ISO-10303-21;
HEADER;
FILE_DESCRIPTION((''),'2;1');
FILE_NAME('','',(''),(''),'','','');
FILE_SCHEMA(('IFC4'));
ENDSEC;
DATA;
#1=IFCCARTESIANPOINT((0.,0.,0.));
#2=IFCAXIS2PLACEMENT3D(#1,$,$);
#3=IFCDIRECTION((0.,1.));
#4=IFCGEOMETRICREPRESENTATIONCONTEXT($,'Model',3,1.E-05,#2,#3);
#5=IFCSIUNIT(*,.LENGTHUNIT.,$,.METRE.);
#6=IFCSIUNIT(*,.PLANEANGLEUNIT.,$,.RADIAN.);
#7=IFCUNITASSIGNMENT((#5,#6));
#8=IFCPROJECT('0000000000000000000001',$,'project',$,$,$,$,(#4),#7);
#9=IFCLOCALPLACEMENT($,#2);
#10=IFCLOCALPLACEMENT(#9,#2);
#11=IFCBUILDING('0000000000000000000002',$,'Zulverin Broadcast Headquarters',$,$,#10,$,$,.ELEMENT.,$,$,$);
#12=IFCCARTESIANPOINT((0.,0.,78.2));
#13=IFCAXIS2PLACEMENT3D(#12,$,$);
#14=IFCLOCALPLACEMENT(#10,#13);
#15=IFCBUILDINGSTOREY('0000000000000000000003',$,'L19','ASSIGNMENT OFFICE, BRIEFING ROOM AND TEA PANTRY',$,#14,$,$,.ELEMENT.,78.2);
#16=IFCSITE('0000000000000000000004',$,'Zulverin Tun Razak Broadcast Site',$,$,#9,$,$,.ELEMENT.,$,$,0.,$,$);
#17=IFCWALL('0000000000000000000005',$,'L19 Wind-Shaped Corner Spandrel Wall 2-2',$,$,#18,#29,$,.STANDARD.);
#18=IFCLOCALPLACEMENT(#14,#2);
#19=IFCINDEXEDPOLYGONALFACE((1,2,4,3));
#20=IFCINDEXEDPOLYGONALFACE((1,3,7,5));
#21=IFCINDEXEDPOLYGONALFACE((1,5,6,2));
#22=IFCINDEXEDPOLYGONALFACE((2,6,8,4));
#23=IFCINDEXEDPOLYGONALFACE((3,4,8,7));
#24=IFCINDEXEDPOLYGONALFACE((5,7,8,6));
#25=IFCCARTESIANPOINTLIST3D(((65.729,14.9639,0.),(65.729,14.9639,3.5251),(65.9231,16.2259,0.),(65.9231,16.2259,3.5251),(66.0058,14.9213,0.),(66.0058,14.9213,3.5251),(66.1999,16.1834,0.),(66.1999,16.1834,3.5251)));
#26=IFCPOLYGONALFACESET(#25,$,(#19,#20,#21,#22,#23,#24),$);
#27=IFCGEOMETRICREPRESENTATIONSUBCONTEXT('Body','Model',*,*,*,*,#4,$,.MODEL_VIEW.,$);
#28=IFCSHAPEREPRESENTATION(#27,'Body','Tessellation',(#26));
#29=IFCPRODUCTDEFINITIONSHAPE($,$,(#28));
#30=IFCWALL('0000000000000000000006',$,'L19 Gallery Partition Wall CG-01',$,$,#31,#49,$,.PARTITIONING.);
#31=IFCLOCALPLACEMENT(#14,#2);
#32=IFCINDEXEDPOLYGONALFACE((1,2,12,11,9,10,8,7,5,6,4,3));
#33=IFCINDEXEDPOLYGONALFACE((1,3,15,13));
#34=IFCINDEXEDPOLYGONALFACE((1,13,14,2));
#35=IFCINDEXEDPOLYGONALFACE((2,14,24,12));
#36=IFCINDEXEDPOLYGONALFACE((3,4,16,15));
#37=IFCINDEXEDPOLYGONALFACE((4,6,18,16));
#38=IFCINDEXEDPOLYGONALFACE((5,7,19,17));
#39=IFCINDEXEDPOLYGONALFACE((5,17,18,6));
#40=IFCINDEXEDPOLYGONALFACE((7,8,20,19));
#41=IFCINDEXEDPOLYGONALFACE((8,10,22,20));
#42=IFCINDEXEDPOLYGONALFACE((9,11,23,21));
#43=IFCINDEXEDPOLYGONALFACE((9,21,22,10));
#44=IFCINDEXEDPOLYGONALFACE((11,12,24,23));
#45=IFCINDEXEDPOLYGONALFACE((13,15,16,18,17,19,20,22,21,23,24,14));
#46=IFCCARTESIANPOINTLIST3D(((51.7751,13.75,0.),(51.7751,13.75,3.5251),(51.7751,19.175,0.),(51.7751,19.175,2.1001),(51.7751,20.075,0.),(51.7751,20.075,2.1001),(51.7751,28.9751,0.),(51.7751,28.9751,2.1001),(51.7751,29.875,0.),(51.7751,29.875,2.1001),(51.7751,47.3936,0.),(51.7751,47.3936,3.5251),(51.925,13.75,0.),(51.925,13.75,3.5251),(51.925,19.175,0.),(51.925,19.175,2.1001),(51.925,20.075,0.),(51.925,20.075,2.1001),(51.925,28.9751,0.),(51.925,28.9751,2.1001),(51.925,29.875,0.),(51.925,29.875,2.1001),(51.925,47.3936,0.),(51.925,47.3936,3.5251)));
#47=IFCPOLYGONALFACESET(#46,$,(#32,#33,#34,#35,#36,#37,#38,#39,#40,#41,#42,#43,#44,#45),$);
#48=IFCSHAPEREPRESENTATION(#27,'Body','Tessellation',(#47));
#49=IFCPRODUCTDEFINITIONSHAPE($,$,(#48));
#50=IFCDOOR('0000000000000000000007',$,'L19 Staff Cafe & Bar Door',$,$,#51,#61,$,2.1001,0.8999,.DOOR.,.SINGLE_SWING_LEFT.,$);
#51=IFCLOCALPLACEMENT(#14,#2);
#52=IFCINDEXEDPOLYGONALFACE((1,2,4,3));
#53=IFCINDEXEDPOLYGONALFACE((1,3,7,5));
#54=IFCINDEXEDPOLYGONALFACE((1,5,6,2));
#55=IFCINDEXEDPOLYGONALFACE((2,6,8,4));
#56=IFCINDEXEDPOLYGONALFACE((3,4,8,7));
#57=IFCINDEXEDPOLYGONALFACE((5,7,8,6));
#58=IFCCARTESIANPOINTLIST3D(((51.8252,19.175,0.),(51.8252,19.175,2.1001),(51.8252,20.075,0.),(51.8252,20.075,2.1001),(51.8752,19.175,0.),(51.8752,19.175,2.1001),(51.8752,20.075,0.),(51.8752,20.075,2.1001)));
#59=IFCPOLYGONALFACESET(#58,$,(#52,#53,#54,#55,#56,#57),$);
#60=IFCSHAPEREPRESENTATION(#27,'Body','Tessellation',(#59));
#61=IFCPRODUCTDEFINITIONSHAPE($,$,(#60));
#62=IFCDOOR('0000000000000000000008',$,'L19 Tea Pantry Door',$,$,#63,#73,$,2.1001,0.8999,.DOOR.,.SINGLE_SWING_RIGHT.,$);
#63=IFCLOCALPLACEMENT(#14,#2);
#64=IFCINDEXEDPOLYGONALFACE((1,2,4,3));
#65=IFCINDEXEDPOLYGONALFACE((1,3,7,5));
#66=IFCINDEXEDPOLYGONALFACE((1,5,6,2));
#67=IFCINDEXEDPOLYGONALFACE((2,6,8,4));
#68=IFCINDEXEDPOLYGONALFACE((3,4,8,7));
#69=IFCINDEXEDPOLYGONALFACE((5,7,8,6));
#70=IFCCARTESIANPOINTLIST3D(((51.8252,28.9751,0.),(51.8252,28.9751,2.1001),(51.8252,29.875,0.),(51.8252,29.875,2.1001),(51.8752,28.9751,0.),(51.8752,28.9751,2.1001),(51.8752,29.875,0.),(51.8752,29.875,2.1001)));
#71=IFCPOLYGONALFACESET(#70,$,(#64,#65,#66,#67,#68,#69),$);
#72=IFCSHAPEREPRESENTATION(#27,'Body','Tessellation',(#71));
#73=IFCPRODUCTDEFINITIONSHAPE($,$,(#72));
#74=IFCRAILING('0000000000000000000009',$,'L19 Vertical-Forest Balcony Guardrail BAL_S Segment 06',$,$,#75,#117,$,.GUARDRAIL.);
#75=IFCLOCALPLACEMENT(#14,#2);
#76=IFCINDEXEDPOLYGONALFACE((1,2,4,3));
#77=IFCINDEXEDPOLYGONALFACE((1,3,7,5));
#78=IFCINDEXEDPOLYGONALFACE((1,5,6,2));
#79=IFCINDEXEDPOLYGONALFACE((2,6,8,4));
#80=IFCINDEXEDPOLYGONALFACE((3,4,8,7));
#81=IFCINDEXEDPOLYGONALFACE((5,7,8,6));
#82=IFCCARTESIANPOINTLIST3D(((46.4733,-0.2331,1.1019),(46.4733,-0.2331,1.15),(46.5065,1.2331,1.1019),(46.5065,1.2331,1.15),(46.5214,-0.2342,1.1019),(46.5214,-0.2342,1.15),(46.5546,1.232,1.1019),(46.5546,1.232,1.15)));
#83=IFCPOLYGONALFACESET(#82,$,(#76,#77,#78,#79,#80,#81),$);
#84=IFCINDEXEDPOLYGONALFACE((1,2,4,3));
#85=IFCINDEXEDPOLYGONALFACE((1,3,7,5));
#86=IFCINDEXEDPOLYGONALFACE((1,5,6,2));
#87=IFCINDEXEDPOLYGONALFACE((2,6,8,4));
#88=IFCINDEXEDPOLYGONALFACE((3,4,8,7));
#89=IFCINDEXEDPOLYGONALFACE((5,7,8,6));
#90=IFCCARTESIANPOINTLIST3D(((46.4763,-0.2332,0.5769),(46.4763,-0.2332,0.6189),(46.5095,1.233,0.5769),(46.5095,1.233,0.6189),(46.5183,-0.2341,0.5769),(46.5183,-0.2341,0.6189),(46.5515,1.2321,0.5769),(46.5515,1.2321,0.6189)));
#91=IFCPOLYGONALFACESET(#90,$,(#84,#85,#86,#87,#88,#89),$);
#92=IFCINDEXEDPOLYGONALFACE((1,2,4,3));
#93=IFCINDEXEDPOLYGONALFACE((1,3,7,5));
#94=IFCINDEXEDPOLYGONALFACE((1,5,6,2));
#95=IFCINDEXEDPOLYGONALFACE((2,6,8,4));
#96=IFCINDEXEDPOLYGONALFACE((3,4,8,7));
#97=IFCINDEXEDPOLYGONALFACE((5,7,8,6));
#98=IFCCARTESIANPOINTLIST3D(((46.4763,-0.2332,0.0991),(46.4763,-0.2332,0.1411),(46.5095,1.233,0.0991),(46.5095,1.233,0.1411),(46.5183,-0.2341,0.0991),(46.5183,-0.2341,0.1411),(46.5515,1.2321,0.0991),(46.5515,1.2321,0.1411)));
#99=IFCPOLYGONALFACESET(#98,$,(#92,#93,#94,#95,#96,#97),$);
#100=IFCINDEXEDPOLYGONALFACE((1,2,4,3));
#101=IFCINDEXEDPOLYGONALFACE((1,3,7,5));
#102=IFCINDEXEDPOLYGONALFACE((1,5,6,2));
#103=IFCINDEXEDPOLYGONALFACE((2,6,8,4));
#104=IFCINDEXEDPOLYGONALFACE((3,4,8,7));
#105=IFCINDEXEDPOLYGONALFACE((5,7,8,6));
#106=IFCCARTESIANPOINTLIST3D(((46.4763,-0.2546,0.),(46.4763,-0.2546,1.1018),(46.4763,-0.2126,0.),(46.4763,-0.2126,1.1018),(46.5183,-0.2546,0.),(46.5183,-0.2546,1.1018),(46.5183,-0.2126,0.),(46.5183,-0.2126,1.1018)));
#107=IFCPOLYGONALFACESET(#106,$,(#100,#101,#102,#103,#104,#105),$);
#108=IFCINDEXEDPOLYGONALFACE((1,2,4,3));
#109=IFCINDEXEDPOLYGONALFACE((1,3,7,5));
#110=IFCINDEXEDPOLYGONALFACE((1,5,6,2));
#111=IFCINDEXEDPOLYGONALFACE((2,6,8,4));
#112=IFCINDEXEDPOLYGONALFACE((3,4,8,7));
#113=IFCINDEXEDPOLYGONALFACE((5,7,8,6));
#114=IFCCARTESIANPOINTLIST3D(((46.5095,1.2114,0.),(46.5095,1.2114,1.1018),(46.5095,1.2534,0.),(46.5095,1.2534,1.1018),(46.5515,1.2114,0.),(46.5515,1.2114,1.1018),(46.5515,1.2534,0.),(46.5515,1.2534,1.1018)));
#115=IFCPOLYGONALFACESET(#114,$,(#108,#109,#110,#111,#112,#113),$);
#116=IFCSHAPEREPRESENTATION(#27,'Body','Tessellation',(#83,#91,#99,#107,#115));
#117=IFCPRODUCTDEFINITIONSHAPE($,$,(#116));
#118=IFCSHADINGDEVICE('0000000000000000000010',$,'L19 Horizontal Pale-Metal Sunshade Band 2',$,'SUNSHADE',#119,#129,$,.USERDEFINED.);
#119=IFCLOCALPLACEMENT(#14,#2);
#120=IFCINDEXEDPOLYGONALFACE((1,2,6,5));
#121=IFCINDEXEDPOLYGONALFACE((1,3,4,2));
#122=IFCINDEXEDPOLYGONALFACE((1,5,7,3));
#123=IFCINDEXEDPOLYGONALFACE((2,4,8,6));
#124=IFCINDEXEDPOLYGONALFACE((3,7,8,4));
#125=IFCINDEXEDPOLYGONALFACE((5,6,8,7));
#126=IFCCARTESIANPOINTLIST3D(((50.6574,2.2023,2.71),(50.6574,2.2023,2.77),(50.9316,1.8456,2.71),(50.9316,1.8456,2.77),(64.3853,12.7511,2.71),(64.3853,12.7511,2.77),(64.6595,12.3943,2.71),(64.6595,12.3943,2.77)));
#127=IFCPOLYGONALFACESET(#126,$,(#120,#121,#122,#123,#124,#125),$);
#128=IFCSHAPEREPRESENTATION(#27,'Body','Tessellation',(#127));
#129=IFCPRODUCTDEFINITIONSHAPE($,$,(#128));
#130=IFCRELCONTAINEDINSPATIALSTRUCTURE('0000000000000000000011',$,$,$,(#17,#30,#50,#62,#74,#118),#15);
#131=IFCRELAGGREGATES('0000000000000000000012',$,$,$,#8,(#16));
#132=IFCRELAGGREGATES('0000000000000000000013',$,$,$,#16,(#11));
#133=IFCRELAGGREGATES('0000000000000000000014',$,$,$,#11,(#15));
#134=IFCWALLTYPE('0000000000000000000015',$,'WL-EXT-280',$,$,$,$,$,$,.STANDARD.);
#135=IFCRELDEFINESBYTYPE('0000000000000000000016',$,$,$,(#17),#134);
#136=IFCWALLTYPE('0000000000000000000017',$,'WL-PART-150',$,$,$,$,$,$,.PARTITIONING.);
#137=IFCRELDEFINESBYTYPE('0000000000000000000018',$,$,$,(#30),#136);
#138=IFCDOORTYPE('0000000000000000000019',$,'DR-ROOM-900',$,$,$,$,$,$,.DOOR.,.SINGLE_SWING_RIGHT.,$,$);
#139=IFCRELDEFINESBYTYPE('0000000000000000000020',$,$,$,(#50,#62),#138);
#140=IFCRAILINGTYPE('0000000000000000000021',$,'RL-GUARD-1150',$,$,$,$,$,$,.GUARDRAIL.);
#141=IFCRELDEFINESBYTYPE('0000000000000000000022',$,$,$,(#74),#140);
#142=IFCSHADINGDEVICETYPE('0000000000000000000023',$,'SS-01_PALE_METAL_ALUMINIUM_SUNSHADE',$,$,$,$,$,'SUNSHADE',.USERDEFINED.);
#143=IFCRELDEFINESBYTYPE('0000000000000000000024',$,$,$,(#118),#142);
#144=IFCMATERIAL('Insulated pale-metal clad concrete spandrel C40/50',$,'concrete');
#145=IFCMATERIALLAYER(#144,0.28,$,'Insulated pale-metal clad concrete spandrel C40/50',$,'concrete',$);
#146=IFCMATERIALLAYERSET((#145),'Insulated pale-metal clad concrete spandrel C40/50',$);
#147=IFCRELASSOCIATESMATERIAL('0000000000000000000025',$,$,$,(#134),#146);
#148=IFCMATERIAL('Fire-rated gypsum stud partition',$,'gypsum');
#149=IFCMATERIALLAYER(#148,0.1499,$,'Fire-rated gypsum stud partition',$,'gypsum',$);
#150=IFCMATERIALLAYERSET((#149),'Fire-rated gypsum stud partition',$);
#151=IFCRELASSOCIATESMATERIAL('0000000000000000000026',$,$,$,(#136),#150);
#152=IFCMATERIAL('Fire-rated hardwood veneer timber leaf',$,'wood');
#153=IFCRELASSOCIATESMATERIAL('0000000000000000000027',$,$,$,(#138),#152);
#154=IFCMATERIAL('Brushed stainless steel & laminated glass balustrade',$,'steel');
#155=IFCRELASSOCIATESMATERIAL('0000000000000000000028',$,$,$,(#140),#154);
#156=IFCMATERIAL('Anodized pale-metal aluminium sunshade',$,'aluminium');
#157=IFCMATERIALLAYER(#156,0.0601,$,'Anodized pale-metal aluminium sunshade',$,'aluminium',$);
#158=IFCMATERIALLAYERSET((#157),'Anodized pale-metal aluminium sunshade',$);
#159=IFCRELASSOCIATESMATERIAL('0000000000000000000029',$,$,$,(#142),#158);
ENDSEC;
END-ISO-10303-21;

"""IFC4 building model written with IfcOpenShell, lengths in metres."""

from ifc_helpers import new_model, si_unit, direction, frame, frame_2d, origin, origin_2d, place, context, subcontext, project, spatial, rectangle, extrude, material, layer, layer_set, type_object, element, fill, save


model = new_model("IFC4")

# Units and contexts
model_context = context("Model", 3, precision=1e-05, world=origin(), true_north=direction((0.0, 1.0)))
body_context = subcontext(model_context, "Body", "Model", "MODEL_VIEW")
ifc_project = project(units=[si_unit("LENGTHUNIT", "METRE"), si_unit("PLANEANGLEUNIT", "RADIAN")], contexts=[model_context])

# Site, building, storey
site_placement = place(None, origin())
site = spatial("IfcSite", under=ifc_project, at=site_placement, Name="Zulverin Tun Razak Broadcast Site", CompositionType="ELEMENT", RefElevation=0.0)
building_placement = place(site_placement, origin())
building = spatial("IfcBuilding", under=site, at=building_placement, Name="Zulverin Broadcast Headquarters", CompositionType="ELEMENT")
storey_placement = place(building_placement, frame((0.0, 0.0, 78.2)))
storey = spatial("IfcBuildingStorey", under=building, at=storey_placement, Name="L19", Description="ASSIGNMENT OFFICE, BRIEFING ROOM AND TEA PANTRY", CompositionType="ELEMENT", Elevation=78.2)

# Shared definitions
ifc_material_1 = material(Name="Insulated pale-metal clad concrete spandrel C40/50", Category="concrete")
ifc_layer_1 = layer(ifc_material_1, 0.28, Name="Insulated pale-metal clad concrete spandrel C40/50", Category="concrete")
ifc_layer_set_1 = layer_set([ifc_layer_1], Name="Insulated pale-metal clad concrete spandrel C40/50")
wall_type_1 = type_object("IfcWallType", Name="WL-EXT-280", PredefinedType="STANDARD", material=ifc_layer_set_1)

# Wall
wall_1_placement = place(storey_placement, frame((65.8674, 14.9426, 0.0), z_axis=(0.0, 0.0, 1.0), x_axis=(0.152014, 0.988378, 0.0)))
element("IfcWall", 1, at=wall_1_placement, inside=storey, type_object=wall_type_1, Name="L19 Wind-Shaped Corner Spandrel Wall 2-2", PredefinedType="STANDARD", context=body_context, shape_type="SweptSolid", body=[
    extrude(rectangle(XDim=1.2769, YDim=0.28, at=frame_2d((0.6384, 0.0))), origin(), (0.0, 0.0, 1.0), 3.5251),
])

# Wall, openings, doors
ifc_material_2 = material(Name="Fire-rated gypsum stud partition", Category="gypsum")
ifc_layer_2 = layer(ifc_material_2, 0.1499, Name="Fire-rated gypsum stud partition", Category="gypsum")
ifc_layer_set_2 = layer_set([ifc_layer_2], Name="Fire-rated gypsum stud partition")
wall_type_2 = type_object("IfcWallType", Name="WL-PART-150", PredefinedType="PARTITIONING", material=ifc_layer_set_2)
wall_2_placement = place(storey_placement, frame((51.8501, 13.75, 0.0), z_axis=(0.0, 0.0, 1.0), x_axis=(0.0, 1.0, 0.0)))
wall_2 = element("IfcWall", 2, at=wall_2_placement, inside=storey, type_object=wall_type_2, Name="L19 Gallery Partition Wall CG-01", PredefinedType="PARTITIONING", context=body_context, shape_type="SweptSolid", body=[
    extrude(rectangle(XDim=33.6436, YDim=0.1499, at=frame_2d((16.8218, 0.0))), origin(), (0.0, 0.0, 1.0), 3.5251),
])
opening_1_placement = place(wall_2_placement, frame((5.425, 0.0, 0.0)))
opening_1 = element("IfcOpeningElement", 3, at=opening_1_placement, cuts=wall_2, PredefinedType="OPENING", context=body_context, shape_type="SweptSolid", body=[
    extrude(rectangle(XDim=0.8999, YDim=2.1001, at=frame_2d((0.45, 1.05))), frame((0.0, 0.085, 0.0), z_axis=(0.0, -1.0, 0.0), x_axis=(1.0, 0.0, 0.0)), (0.0, 0.0, 1.0), 0.1699),
])
opening_2_placement = place(wall_2_placement, frame((15.2251, 0.0, 0.0)))
opening_2 = element("IfcOpeningElement", 4, at=opening_2_placement, cuts=wall_2, PredefinedType="OPENING", context=body_context, shape_type="SweptSolid", body=[
    extrude(rectangle(XDim=0.8999, YDim=2.1001, at=frame_2d((0.45, 1.05))), frame((0.0, 0.085, 0.0), z_axis=(0.0, -1.0, 0.0), x_axis=(1.0, 0.0, 0.0)), (0.0, 0.0, 1.0), 0.1699),
])
ifc_material_3 = material(Name="Fire-rated hardwood veneer timber leaf", Category="wood")
door_type_1 = type_object("IfcDoorType", Name="DR-ROOM-900", OperationType="SINGLE_SWING_RIGHT", PredefinedType="DOOR", material=ifc_material_3)
door_1_placement = place(opening_1_placement, origin())
door_1 = element("IfcDoor", 5, at=door_1_placement, inside=storey, type_object=door_type_1, Name="L19 Staff Cafe & Bar Door", OperationType="SINGLE_SWING_LEFT", OverallHeight=2.1001, OverallWidth=0.8999, PredefinedType="DOOR", context=body_context, shape_type="SweptSolid", body=[
    extrude(rectangle(XDim=0.8999, YDim=2.1001, at=frame_2d((0.45, 1.05))), frame((0.0, 0.0249, 0.0), z_axis=(0.0, -1.0, 0.0), x_axis=(1.0, 0.0, 0.0)), (0.0, 0.0, 1.0), 0.05),
])
fill(opening_1, door_1)
door_2_placement = place(opening_2_placement, origin())
door_2 = element("IfcDoor", 6, at=door_2_placement, inside=storey, type_object=door_type_1, Name="L19 Tea Pantry Door", OperationType="SINGLE_SWING_RIGHT", OverallHeight=2.1001, OverallWidth=0.8999, PredefinedType="DOOR", context=body_context, shape_type="SweptSolid", body=[
    extrude(rectangle(XDim=0.8999, YDim=2.1001, at=frame_2d((0.45, 1.05))), frame((0.0, 0.0249, 0.0), z_axis=(0.0, -1.0, 0.0), x_axis=(1.0, 0.0, 0.0)), (0.0, 0.0, 1.0), 0.05),
])
fill(opening_2, door_2)

# Railing
ifc_material_4 = material(Name="Brushed stainless steel & laminated glass balustrade", Category="steel")
railing_type = type_object("IfcRailingType", Name="RL-GUARD-1150", PredefinedType="GUARDRAIL", material=ifc_material_4)
railing_placement = place(storey_placement, frame((46.4973, -0.2336, 0.0)))
element("IfcRailing", 7, at=railing_placement, inside=storey, type_object=railing_type, Name="L19 Vertical-Forest Balcony Guardrail BAL_S Segment 06", PredefinedType="GUARDRAIL", context=body_context, shape_type="SweptSolid", body=[
    extrude(rectangle(XDim=0.0481, YDim=0.0481, at=origin_2d()), frame((0.0, 0.0, 1.126), z_axis=(0.022642, 0.999744, 0.0), x_axis=(-0.999744, 0.022642, 0.0)), (0.0, 0.0, 1.0), 1.4666),
    extrude(rectangle(XDim=0.042, YDim=0.042, at=origin_2d()), frame((0.0, 0.0, 0.5979), z_axis=(0.022642, 0.999744, 0.0), x_axis=(-0.999744, 0.022642, 0.0)), (0.0, 0.0, 1.0), 1.4666),
    extrude(rectangle(XDim=0.042, YDim=0.042, at=origin_2d()), frame((0.0, 0.0, 0.1201), z_axis=(0.022642, 0.999744, 0.0), x_axis=(-0.999744, 0.022642, 0.0)), (0.0, 0.0, 1.0), 1.4666),
    extrude(rectangle(XDim=0.042, YDim=0.042, at=origin_2d()), origin(), (0.0, 0.0, 1.0), 1.1018),
    extrude(rectangle(XDim=0.042, YDim=0.042, at=origin_2d()), frame((0.0332, 1.4661, 0.0)), (0.0, 0.0, 1.0), 1.1018),
])

# Shading device
ifc_material_5 = material(Name="Anodized pale-metal aluminium sunshade", Category="aluminium")
ifc_layer_3 = layer(ifc_material_5, 0.0601, Name="Anodized pale-metal aluminium sunshade", Category="aluminium")
ifc_layer_set_3 = layer_set([ifc_layer_3], Name="Anodized pale-metal aluminium sunshade")
shading_device_type = type_object("IfcShadingDeviceType", Name="SS-01_PALE_METAL_ALUMINIUM_SUNSHADE", ElementType="SUNSHADE", PredefinedType="USERDEFINED", material=ifc_layer_set_3)
shading_device_placement = place(storey_placement, frame((57.6584, 7.2983, 2.71), z_axis=(0.0, 0.0, 1.0), x_axis=(0.792933, 0.609308, 0.0)))
element("IfcShadingDevice", 8, at=shading_device_placement, inside=storey, type_object=shading_device_type, Name="L19 Horizontal Pale-Metal Sunshade Band 2", ObjectType="SUNSHADE", PredefinedType="USERDEFINED", context=body_context, shape_type="SweptSolid", body=[
    extrude(rectangle(XDim=17.3127, YDim=0.45, at=origin_2d()), origin(), (0.0, 0.0, 1.0), 0.0601),
])

save(model, "model.ifc")
